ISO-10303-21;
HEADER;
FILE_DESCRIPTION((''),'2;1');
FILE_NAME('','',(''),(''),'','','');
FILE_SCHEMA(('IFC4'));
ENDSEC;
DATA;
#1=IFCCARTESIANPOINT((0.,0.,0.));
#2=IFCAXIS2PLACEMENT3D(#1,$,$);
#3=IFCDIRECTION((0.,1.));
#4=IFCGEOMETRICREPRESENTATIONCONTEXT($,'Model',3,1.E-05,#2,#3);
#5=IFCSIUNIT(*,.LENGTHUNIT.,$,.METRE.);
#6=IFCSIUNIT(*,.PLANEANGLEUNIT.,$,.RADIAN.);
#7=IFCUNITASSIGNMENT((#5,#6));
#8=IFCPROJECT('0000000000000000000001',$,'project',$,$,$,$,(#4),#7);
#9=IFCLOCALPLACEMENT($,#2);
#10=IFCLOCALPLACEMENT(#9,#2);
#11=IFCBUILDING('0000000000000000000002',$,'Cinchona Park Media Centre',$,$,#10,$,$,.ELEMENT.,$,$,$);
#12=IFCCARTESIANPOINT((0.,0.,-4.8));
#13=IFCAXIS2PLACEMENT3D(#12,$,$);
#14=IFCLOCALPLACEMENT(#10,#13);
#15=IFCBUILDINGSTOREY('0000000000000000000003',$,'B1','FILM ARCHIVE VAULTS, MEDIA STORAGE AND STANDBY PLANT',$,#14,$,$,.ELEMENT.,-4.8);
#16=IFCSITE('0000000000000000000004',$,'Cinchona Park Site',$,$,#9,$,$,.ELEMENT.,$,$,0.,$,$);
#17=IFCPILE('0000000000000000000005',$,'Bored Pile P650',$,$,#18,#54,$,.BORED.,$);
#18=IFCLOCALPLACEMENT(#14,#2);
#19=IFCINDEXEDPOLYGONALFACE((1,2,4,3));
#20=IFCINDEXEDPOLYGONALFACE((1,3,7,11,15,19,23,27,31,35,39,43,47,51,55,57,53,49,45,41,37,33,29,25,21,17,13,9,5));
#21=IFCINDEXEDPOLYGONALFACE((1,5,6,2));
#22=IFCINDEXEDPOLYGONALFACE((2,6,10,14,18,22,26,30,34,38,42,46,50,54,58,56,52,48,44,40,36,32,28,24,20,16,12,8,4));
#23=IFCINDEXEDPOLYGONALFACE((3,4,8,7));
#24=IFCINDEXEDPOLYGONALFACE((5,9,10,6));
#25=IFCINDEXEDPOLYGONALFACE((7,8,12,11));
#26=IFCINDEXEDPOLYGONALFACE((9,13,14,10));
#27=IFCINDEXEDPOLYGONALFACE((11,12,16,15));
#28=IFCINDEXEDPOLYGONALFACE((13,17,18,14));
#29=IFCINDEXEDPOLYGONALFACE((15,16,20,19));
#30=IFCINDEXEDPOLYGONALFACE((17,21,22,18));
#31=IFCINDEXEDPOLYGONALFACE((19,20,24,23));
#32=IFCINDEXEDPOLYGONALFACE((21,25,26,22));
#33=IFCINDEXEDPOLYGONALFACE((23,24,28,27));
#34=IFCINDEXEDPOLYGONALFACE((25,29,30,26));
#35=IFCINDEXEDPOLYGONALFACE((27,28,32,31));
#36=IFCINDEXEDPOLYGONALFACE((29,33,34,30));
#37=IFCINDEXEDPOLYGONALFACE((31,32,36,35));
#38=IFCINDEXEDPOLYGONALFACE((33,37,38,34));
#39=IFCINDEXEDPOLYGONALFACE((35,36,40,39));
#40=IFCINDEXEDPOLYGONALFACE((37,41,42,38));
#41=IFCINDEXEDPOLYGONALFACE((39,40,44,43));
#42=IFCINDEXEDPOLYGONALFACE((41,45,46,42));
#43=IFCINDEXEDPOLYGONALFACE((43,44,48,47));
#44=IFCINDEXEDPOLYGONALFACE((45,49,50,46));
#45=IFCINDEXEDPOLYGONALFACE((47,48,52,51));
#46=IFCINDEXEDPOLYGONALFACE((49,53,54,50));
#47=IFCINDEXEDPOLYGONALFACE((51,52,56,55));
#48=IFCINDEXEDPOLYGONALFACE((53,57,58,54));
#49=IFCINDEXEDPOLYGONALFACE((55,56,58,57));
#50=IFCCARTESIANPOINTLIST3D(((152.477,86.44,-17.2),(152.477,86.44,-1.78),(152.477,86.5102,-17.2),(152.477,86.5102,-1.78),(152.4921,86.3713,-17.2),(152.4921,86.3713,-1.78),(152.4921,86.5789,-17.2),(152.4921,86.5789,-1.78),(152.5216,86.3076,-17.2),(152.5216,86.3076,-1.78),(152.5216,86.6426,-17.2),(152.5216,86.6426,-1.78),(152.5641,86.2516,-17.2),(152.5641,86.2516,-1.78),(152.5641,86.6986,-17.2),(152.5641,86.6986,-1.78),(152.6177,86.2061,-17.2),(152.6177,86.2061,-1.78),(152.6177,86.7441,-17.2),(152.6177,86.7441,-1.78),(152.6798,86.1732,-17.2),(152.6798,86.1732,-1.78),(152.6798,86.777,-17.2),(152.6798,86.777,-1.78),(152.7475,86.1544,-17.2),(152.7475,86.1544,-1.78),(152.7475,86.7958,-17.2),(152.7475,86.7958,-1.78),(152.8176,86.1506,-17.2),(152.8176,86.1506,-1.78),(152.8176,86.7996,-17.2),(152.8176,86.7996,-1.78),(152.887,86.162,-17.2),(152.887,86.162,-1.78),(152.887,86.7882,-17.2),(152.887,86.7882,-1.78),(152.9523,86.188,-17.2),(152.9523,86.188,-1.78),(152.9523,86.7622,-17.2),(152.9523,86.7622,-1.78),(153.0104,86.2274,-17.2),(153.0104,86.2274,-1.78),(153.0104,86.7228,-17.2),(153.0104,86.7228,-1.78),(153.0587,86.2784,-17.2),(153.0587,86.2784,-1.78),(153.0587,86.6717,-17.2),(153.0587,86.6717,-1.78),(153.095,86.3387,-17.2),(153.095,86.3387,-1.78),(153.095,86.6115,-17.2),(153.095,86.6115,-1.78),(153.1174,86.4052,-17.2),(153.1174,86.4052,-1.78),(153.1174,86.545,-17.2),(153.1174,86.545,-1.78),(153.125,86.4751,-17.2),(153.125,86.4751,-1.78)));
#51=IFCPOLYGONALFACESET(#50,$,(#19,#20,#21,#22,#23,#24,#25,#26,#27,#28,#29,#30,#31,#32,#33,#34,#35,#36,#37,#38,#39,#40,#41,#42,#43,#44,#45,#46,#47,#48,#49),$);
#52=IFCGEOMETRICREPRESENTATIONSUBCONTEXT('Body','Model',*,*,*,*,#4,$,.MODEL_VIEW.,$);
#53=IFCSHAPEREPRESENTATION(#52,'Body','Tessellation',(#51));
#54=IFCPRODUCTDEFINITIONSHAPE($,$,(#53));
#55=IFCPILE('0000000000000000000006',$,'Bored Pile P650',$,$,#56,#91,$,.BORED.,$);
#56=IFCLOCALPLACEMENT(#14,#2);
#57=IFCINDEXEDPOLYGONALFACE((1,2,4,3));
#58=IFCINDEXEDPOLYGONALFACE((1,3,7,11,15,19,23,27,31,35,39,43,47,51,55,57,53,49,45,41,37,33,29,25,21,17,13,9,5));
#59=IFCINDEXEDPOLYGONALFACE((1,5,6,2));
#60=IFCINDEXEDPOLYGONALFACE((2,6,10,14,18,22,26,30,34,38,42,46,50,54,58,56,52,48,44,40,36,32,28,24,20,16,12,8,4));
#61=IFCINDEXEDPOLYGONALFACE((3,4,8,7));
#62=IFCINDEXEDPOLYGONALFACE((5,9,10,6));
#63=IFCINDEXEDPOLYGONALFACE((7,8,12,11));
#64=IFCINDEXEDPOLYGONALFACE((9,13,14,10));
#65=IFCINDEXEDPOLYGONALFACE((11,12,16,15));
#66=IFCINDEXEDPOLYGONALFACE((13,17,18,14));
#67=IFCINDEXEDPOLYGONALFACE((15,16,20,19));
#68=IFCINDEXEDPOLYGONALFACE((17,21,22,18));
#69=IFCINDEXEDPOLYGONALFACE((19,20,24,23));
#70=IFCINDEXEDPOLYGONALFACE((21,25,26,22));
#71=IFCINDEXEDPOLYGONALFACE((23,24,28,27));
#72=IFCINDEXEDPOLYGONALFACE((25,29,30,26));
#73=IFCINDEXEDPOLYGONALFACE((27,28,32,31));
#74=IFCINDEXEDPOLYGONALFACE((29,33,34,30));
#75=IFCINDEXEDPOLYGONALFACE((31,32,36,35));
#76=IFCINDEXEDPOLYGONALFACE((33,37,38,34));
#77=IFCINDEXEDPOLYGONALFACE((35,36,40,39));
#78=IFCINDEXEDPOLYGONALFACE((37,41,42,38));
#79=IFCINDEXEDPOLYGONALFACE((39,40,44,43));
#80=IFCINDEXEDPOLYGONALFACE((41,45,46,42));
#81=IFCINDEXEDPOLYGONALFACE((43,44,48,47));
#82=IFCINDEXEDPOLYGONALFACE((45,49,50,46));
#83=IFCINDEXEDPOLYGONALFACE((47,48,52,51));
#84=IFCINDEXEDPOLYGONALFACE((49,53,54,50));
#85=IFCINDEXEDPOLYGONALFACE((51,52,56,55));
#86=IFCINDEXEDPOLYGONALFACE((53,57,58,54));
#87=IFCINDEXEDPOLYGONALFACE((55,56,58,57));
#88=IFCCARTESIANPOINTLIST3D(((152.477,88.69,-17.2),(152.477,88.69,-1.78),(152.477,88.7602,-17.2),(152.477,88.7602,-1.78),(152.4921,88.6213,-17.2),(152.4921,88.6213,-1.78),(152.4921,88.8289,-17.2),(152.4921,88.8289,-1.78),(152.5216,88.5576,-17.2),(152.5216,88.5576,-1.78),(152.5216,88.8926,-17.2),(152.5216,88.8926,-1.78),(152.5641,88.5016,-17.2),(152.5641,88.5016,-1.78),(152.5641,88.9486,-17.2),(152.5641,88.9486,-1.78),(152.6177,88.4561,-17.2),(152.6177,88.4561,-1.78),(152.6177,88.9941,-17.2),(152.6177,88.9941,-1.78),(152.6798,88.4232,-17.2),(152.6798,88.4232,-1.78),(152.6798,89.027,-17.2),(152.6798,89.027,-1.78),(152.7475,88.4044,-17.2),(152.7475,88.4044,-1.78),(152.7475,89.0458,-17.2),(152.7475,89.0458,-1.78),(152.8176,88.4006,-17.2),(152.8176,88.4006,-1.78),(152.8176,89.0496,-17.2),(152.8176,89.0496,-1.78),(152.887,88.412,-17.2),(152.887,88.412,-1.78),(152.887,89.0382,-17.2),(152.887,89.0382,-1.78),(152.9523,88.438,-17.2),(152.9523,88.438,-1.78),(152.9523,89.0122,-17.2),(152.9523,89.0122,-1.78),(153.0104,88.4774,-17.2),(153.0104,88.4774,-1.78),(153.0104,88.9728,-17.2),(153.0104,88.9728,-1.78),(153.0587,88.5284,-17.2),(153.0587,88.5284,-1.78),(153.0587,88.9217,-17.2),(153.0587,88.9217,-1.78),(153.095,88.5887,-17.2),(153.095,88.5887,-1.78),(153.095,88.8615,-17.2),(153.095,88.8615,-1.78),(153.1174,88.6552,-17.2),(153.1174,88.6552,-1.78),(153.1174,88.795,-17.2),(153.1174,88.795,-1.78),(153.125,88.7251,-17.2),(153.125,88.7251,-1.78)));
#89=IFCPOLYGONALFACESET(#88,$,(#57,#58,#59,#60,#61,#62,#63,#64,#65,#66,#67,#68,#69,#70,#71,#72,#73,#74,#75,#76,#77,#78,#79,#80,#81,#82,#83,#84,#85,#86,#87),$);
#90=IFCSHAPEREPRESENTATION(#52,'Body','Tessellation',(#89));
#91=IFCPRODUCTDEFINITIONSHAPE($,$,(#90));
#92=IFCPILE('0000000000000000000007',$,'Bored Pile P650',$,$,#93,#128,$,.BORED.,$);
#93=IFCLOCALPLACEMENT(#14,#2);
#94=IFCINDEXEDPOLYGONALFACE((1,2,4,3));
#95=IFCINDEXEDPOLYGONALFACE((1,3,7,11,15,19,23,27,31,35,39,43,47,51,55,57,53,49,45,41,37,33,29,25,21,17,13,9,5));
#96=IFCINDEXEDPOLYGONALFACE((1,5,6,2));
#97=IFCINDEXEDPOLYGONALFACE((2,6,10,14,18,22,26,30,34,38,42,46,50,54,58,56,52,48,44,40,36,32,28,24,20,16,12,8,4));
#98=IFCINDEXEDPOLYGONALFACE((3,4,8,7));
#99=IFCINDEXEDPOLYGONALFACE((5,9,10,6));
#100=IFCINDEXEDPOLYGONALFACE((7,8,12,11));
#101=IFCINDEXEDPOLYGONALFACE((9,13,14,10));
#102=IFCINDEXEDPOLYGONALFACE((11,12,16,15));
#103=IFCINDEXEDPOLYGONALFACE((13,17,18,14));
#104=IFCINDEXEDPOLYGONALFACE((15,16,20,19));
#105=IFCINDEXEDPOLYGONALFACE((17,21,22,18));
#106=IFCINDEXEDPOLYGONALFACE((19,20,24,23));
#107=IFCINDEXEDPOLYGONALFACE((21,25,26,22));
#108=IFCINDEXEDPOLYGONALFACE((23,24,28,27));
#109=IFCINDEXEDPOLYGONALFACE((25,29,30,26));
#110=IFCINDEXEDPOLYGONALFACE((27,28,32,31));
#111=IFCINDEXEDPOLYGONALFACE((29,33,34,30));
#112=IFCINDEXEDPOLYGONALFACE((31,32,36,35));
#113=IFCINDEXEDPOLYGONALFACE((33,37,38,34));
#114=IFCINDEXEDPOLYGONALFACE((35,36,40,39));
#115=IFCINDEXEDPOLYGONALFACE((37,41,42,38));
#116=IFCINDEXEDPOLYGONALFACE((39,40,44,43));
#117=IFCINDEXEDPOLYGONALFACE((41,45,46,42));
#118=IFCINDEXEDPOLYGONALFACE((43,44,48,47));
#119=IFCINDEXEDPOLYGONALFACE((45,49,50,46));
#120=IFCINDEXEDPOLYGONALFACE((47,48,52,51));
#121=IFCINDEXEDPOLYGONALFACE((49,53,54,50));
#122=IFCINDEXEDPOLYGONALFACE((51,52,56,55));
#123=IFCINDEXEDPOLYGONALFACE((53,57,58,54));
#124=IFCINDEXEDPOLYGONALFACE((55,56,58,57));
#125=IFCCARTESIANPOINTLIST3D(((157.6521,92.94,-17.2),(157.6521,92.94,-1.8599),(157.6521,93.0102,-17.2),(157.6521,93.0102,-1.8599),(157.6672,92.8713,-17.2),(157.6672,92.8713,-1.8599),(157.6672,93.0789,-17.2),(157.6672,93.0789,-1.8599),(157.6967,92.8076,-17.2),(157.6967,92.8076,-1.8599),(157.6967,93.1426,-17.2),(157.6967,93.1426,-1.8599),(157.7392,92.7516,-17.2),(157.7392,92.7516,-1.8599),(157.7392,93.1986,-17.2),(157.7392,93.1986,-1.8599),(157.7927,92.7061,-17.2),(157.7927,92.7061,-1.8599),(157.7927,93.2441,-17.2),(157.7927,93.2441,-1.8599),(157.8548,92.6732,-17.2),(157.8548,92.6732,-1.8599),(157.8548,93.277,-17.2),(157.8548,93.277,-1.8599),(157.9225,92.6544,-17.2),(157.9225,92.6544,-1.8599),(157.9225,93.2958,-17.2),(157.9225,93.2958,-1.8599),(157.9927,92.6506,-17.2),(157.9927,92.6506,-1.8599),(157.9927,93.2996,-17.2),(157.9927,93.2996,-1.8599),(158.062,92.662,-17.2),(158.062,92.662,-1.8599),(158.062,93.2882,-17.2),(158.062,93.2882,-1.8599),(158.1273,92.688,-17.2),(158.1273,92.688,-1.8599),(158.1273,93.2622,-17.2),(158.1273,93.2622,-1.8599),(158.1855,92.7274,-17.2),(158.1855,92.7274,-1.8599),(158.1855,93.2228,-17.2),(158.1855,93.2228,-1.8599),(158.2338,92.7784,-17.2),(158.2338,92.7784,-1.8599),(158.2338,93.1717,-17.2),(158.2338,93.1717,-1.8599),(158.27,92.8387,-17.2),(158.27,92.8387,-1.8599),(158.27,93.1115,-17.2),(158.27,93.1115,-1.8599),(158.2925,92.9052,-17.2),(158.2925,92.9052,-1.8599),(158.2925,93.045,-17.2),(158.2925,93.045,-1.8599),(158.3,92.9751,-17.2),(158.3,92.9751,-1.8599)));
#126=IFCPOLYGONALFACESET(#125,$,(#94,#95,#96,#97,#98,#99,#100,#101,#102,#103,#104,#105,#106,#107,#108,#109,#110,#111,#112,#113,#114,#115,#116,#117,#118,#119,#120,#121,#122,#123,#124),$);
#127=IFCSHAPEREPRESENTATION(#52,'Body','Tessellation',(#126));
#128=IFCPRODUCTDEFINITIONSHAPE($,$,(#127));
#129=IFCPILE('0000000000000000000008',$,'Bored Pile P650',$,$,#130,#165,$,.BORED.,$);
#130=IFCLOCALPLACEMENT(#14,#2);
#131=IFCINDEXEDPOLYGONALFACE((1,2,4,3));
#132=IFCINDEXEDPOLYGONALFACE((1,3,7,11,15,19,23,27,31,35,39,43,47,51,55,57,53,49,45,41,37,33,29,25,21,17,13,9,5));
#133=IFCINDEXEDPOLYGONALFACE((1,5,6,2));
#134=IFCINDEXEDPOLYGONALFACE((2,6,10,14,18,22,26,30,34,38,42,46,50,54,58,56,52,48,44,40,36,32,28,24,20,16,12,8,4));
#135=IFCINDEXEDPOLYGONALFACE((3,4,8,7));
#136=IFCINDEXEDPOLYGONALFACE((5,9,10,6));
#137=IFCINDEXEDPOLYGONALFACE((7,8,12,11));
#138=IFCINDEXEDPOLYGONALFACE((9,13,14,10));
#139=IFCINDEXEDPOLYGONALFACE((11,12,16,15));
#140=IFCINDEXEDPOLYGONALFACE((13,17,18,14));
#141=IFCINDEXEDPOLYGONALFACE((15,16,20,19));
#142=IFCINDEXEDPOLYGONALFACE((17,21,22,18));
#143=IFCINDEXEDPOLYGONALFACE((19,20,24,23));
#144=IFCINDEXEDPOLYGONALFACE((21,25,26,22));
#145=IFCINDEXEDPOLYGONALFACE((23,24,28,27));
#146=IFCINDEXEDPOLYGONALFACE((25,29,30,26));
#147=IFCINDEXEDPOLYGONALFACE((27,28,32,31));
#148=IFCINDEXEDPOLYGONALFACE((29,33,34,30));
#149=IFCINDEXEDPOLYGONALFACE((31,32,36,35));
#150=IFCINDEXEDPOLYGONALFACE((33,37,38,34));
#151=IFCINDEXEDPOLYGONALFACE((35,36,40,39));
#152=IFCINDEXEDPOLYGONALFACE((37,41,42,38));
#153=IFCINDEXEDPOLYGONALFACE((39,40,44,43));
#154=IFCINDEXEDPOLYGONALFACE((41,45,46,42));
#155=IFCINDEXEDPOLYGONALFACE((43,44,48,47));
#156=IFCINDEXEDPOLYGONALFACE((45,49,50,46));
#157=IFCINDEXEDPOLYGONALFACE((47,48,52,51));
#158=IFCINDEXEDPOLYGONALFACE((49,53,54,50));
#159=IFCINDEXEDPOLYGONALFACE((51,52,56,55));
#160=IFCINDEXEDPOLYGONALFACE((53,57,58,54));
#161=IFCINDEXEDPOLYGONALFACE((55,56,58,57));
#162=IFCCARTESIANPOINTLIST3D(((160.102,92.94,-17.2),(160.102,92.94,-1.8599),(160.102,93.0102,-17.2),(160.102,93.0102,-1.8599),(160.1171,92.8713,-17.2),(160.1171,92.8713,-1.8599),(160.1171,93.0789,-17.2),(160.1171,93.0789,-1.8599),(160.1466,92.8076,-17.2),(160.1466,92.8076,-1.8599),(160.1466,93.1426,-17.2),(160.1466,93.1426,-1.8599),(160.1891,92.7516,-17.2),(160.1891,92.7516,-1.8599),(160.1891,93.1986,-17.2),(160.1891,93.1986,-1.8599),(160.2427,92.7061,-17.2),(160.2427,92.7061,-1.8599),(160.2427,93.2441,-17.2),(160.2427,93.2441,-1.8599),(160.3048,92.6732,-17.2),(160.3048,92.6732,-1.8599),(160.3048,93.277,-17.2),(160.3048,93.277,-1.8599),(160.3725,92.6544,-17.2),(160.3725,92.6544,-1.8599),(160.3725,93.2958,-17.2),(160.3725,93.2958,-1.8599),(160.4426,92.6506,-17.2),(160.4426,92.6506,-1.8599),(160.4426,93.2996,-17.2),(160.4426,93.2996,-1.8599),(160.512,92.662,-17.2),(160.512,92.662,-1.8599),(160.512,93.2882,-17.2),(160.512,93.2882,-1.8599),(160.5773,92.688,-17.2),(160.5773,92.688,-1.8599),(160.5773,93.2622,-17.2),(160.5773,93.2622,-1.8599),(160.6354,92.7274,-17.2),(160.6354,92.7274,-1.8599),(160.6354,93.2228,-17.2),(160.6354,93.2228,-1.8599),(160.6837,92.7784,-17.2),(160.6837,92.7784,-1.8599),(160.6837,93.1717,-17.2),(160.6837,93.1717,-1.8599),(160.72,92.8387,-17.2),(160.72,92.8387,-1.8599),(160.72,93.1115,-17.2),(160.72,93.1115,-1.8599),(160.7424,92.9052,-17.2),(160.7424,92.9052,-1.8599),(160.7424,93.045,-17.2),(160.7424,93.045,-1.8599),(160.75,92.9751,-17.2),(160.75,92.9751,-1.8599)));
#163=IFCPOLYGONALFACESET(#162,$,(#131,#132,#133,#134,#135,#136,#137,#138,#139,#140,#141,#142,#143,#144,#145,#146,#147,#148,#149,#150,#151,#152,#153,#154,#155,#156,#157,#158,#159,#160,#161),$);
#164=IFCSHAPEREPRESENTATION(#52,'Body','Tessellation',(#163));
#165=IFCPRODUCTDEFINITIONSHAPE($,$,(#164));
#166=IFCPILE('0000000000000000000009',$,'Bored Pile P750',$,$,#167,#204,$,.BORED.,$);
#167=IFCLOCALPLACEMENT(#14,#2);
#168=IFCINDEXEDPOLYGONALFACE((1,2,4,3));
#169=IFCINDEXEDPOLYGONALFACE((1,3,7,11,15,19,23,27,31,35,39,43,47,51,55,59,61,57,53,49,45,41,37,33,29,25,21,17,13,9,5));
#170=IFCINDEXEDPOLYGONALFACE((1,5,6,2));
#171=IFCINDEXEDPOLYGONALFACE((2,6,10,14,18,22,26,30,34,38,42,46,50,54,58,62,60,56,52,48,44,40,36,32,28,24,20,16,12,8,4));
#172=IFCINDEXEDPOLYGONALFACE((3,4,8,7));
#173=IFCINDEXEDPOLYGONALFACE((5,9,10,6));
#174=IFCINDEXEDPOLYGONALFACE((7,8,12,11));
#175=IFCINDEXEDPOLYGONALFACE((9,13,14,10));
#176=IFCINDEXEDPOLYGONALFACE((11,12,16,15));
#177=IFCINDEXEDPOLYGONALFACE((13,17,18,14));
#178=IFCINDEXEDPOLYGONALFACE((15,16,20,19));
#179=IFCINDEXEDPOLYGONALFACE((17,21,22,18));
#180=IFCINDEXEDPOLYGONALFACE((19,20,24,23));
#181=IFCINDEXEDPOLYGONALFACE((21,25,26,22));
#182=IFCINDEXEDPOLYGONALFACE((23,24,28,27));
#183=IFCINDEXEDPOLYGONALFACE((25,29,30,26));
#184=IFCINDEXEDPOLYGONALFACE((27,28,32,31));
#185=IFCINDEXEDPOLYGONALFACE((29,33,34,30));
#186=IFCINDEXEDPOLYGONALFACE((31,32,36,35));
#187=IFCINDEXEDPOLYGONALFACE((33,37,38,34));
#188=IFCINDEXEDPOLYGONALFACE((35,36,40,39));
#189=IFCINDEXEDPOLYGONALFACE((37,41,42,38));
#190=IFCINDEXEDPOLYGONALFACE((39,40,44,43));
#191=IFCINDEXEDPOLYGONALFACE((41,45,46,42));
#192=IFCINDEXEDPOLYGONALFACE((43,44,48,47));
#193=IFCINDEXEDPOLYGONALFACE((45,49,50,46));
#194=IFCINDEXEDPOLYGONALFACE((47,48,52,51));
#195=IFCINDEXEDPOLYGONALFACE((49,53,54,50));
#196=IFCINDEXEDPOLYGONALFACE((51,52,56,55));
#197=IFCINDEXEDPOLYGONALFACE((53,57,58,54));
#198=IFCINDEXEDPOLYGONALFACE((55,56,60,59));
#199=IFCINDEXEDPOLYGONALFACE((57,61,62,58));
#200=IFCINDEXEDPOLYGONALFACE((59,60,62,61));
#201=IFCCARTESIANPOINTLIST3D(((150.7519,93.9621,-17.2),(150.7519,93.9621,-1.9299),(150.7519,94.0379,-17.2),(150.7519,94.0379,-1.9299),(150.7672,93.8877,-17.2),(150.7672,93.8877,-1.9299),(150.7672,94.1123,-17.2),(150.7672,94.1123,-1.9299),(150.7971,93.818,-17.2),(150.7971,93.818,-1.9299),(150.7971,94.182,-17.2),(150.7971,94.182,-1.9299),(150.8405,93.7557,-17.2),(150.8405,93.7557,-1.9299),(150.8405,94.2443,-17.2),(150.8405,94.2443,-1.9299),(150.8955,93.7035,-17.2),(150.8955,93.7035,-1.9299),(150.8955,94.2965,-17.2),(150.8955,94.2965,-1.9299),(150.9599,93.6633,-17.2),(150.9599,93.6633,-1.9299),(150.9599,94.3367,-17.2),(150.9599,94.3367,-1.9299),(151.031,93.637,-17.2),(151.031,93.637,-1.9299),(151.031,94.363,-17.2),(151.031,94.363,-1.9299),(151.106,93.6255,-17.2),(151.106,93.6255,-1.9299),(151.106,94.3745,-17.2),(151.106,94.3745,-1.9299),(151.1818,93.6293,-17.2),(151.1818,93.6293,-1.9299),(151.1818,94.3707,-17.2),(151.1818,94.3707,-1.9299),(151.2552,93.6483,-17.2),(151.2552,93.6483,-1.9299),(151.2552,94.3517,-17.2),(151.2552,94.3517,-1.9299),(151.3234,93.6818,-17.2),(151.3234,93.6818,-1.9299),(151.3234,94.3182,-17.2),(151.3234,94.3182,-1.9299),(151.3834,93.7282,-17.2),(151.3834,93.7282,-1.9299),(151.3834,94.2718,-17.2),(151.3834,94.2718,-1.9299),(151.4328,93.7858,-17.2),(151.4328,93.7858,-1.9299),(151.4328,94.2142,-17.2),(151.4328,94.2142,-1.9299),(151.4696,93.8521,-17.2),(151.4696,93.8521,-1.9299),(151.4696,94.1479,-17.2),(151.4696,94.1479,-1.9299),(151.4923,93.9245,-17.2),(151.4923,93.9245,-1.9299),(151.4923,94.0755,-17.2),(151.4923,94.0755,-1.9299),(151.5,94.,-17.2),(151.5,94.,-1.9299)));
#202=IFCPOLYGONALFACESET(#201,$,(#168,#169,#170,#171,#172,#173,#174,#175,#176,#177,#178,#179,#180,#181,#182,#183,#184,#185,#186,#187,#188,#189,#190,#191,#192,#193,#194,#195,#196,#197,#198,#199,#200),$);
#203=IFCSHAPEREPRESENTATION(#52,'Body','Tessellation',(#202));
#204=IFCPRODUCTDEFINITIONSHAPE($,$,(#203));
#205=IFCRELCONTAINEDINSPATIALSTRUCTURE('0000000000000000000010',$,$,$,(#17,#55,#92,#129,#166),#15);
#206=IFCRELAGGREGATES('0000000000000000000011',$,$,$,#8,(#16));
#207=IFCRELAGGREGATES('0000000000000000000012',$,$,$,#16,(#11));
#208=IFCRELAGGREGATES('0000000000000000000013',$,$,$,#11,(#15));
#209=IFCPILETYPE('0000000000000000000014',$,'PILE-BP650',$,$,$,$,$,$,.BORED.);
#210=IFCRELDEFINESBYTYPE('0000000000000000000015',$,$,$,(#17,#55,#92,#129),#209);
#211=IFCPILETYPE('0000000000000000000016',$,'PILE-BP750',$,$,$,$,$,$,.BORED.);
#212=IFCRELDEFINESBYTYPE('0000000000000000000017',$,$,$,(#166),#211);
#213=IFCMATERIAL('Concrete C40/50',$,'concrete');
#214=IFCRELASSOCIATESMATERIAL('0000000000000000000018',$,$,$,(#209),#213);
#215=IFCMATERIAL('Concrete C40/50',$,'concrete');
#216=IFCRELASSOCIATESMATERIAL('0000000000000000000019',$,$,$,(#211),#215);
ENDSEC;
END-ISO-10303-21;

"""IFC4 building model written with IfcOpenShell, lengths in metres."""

from ifc_helpers import new_model, si_unit, direction, frame, origin, origin_2d, place, context, subcontext, project, spatial, circle, extrude, material, material_profile, profile_set, type_object, element, save


model = new_model("IFC4")

# Units and contexts
model_context = context("Model", 3, precision=1e-05, world=origin(), true_north=direction((0.0, 1.0)))
body_context = subcontext(model_context, "Body", "Model", "MODEL_VIEW")
ifc_project = project(units=[si_unit("LENGTHUNIT", "METRE"), si_unit("PLANEANGLEUNIT", "RADIAN")], contexts=[model_context])

# Site, building, storey
site_placement = place(None, origin())
site = spatial("IfcSite", under=ifc_project, at=site_placement, Name="Cinchona Park Site", CompositionType="ELEMENT", RefElevation=0.0)
building_placement = place(site_placement, origin())
building = spatial("IfcBuilding", under=site, at=building_placement, Name="Cinchona Park Media Centre", CompositionType="ELEMENT")
storey_placement = place(building_placement, frame((0.0, 0.0, -4.8)))
storey = spatial("IfcBuildingStorey", under=building, at=storey_placement, Name="B1", Description="FILM ARCHIVE VAULTS, MEDIA STORAGE AND STANDBY PLANT", CompositionType="ELEMENT", Elevation=-4.8)

# Piles
ifc_material_1 = material(Name="Concrete C40/50", Category="concrete")
ifc_material_profile_1 = material_profile(ifc_material_1, circle(Radius=0.325, at=origin_2d()), Name="BORED PILE 650")
ifc_profile_set_1 = profile_set([ifc_material_profile_1], Name="Concrete C40/50")
pile_type_1 = type_object("IfcPileType", Name="PILE-BP650", PredefinedType="BORED", material=ifc_profile_set_1)
for number, where, z_axis, x_axis, name in (
    (1, (152.8, 86.4751, -1.78), (0.0, 0.0, -1.0), (1.0, 0.0, 0.0), "Bored Pile P650"),
    (2, (152.8, 88.7251, -1.78), (0.0, 0.0, -1.0), (1.0, 0.0, 0.0), "Bored Pile P650"),
):
    element("IfcPile", number, at=place(storey_placement, frame(where, z_axis=z_axis, x_axis=x_axis)), inside=storey, type_object=pile_type_1, Name=name, PredefinedType="BORED", context=body_context, shape_type="SweptSolid", body=[
        extrude(circle(Radius=0.325, at=origin_2d()), origin(), (0.0, 0.0, 1.0), 15.4199),
    ])
for number, where, z_axis, x_axis, name in (
    (3, (157.9751, 92.9751, -1.8599), (0.0, 0.0, -1.0), (1.0, 0.0, 0.0), "Bored Pile P650"),
    (4, (160.425, 92.9751, -1.8599), (0.0, 0.0, -1.0), (1.0, 0.0, 0.0), "Bored Pile P650"),
):
    element("IfcPile", number, at=place(storey_placement, frame(where, z_axis=z_axis, x_axis=x_axis)), inside=storey, type_object=pile_type_1, Name=name, PredefinedType="BORED", context=body_context, shape_type="SweptSolid", body=[
        extrude(circle(Radius=0.325, at=origin_2d()), origin(), (0.0, 0.0, 1.0), 15.3401),
    ])
ifc_material_2 = material(Name="Concrete C40/50", Category="concrete")
ifc_material_profile_2 = material_profile(ifc_material_2, circle(Radius=0.375, at=origin_2d()), Name="BORED PILE 750")
ifc_profile_set_2 = profile_set([ifc_material_profile_2], Name="Concrete C40/50")
pile_type_2 = type_object("IfcPileType", Name="PILE-BP750", PredefinedType="BORED", material=ifc_profile_set_2)
for number, where, z_axis, x_axis, name in (
    (5, (151.125, 94.0, -1.9299), (0.0, 0.0, -1.0), (1.0, 0.0, 0.0), "Bored Pile P750"),
):
    element("IfcPile", number, at=place(storey_placement, frame(where, z_axis=z_axis, x_axis=x_axis)), inside=storey, type_object=pile_type_2, Name=name, PredefinedType="BORED", context=body_context, shape_type="SweptSolid", body=[
        extrude(circle(Radius=0.375, at=origin_2d()), origin(), (0.0, 0.0, 1.0), 15.27),
    ])

save(model, "model.ifc")
